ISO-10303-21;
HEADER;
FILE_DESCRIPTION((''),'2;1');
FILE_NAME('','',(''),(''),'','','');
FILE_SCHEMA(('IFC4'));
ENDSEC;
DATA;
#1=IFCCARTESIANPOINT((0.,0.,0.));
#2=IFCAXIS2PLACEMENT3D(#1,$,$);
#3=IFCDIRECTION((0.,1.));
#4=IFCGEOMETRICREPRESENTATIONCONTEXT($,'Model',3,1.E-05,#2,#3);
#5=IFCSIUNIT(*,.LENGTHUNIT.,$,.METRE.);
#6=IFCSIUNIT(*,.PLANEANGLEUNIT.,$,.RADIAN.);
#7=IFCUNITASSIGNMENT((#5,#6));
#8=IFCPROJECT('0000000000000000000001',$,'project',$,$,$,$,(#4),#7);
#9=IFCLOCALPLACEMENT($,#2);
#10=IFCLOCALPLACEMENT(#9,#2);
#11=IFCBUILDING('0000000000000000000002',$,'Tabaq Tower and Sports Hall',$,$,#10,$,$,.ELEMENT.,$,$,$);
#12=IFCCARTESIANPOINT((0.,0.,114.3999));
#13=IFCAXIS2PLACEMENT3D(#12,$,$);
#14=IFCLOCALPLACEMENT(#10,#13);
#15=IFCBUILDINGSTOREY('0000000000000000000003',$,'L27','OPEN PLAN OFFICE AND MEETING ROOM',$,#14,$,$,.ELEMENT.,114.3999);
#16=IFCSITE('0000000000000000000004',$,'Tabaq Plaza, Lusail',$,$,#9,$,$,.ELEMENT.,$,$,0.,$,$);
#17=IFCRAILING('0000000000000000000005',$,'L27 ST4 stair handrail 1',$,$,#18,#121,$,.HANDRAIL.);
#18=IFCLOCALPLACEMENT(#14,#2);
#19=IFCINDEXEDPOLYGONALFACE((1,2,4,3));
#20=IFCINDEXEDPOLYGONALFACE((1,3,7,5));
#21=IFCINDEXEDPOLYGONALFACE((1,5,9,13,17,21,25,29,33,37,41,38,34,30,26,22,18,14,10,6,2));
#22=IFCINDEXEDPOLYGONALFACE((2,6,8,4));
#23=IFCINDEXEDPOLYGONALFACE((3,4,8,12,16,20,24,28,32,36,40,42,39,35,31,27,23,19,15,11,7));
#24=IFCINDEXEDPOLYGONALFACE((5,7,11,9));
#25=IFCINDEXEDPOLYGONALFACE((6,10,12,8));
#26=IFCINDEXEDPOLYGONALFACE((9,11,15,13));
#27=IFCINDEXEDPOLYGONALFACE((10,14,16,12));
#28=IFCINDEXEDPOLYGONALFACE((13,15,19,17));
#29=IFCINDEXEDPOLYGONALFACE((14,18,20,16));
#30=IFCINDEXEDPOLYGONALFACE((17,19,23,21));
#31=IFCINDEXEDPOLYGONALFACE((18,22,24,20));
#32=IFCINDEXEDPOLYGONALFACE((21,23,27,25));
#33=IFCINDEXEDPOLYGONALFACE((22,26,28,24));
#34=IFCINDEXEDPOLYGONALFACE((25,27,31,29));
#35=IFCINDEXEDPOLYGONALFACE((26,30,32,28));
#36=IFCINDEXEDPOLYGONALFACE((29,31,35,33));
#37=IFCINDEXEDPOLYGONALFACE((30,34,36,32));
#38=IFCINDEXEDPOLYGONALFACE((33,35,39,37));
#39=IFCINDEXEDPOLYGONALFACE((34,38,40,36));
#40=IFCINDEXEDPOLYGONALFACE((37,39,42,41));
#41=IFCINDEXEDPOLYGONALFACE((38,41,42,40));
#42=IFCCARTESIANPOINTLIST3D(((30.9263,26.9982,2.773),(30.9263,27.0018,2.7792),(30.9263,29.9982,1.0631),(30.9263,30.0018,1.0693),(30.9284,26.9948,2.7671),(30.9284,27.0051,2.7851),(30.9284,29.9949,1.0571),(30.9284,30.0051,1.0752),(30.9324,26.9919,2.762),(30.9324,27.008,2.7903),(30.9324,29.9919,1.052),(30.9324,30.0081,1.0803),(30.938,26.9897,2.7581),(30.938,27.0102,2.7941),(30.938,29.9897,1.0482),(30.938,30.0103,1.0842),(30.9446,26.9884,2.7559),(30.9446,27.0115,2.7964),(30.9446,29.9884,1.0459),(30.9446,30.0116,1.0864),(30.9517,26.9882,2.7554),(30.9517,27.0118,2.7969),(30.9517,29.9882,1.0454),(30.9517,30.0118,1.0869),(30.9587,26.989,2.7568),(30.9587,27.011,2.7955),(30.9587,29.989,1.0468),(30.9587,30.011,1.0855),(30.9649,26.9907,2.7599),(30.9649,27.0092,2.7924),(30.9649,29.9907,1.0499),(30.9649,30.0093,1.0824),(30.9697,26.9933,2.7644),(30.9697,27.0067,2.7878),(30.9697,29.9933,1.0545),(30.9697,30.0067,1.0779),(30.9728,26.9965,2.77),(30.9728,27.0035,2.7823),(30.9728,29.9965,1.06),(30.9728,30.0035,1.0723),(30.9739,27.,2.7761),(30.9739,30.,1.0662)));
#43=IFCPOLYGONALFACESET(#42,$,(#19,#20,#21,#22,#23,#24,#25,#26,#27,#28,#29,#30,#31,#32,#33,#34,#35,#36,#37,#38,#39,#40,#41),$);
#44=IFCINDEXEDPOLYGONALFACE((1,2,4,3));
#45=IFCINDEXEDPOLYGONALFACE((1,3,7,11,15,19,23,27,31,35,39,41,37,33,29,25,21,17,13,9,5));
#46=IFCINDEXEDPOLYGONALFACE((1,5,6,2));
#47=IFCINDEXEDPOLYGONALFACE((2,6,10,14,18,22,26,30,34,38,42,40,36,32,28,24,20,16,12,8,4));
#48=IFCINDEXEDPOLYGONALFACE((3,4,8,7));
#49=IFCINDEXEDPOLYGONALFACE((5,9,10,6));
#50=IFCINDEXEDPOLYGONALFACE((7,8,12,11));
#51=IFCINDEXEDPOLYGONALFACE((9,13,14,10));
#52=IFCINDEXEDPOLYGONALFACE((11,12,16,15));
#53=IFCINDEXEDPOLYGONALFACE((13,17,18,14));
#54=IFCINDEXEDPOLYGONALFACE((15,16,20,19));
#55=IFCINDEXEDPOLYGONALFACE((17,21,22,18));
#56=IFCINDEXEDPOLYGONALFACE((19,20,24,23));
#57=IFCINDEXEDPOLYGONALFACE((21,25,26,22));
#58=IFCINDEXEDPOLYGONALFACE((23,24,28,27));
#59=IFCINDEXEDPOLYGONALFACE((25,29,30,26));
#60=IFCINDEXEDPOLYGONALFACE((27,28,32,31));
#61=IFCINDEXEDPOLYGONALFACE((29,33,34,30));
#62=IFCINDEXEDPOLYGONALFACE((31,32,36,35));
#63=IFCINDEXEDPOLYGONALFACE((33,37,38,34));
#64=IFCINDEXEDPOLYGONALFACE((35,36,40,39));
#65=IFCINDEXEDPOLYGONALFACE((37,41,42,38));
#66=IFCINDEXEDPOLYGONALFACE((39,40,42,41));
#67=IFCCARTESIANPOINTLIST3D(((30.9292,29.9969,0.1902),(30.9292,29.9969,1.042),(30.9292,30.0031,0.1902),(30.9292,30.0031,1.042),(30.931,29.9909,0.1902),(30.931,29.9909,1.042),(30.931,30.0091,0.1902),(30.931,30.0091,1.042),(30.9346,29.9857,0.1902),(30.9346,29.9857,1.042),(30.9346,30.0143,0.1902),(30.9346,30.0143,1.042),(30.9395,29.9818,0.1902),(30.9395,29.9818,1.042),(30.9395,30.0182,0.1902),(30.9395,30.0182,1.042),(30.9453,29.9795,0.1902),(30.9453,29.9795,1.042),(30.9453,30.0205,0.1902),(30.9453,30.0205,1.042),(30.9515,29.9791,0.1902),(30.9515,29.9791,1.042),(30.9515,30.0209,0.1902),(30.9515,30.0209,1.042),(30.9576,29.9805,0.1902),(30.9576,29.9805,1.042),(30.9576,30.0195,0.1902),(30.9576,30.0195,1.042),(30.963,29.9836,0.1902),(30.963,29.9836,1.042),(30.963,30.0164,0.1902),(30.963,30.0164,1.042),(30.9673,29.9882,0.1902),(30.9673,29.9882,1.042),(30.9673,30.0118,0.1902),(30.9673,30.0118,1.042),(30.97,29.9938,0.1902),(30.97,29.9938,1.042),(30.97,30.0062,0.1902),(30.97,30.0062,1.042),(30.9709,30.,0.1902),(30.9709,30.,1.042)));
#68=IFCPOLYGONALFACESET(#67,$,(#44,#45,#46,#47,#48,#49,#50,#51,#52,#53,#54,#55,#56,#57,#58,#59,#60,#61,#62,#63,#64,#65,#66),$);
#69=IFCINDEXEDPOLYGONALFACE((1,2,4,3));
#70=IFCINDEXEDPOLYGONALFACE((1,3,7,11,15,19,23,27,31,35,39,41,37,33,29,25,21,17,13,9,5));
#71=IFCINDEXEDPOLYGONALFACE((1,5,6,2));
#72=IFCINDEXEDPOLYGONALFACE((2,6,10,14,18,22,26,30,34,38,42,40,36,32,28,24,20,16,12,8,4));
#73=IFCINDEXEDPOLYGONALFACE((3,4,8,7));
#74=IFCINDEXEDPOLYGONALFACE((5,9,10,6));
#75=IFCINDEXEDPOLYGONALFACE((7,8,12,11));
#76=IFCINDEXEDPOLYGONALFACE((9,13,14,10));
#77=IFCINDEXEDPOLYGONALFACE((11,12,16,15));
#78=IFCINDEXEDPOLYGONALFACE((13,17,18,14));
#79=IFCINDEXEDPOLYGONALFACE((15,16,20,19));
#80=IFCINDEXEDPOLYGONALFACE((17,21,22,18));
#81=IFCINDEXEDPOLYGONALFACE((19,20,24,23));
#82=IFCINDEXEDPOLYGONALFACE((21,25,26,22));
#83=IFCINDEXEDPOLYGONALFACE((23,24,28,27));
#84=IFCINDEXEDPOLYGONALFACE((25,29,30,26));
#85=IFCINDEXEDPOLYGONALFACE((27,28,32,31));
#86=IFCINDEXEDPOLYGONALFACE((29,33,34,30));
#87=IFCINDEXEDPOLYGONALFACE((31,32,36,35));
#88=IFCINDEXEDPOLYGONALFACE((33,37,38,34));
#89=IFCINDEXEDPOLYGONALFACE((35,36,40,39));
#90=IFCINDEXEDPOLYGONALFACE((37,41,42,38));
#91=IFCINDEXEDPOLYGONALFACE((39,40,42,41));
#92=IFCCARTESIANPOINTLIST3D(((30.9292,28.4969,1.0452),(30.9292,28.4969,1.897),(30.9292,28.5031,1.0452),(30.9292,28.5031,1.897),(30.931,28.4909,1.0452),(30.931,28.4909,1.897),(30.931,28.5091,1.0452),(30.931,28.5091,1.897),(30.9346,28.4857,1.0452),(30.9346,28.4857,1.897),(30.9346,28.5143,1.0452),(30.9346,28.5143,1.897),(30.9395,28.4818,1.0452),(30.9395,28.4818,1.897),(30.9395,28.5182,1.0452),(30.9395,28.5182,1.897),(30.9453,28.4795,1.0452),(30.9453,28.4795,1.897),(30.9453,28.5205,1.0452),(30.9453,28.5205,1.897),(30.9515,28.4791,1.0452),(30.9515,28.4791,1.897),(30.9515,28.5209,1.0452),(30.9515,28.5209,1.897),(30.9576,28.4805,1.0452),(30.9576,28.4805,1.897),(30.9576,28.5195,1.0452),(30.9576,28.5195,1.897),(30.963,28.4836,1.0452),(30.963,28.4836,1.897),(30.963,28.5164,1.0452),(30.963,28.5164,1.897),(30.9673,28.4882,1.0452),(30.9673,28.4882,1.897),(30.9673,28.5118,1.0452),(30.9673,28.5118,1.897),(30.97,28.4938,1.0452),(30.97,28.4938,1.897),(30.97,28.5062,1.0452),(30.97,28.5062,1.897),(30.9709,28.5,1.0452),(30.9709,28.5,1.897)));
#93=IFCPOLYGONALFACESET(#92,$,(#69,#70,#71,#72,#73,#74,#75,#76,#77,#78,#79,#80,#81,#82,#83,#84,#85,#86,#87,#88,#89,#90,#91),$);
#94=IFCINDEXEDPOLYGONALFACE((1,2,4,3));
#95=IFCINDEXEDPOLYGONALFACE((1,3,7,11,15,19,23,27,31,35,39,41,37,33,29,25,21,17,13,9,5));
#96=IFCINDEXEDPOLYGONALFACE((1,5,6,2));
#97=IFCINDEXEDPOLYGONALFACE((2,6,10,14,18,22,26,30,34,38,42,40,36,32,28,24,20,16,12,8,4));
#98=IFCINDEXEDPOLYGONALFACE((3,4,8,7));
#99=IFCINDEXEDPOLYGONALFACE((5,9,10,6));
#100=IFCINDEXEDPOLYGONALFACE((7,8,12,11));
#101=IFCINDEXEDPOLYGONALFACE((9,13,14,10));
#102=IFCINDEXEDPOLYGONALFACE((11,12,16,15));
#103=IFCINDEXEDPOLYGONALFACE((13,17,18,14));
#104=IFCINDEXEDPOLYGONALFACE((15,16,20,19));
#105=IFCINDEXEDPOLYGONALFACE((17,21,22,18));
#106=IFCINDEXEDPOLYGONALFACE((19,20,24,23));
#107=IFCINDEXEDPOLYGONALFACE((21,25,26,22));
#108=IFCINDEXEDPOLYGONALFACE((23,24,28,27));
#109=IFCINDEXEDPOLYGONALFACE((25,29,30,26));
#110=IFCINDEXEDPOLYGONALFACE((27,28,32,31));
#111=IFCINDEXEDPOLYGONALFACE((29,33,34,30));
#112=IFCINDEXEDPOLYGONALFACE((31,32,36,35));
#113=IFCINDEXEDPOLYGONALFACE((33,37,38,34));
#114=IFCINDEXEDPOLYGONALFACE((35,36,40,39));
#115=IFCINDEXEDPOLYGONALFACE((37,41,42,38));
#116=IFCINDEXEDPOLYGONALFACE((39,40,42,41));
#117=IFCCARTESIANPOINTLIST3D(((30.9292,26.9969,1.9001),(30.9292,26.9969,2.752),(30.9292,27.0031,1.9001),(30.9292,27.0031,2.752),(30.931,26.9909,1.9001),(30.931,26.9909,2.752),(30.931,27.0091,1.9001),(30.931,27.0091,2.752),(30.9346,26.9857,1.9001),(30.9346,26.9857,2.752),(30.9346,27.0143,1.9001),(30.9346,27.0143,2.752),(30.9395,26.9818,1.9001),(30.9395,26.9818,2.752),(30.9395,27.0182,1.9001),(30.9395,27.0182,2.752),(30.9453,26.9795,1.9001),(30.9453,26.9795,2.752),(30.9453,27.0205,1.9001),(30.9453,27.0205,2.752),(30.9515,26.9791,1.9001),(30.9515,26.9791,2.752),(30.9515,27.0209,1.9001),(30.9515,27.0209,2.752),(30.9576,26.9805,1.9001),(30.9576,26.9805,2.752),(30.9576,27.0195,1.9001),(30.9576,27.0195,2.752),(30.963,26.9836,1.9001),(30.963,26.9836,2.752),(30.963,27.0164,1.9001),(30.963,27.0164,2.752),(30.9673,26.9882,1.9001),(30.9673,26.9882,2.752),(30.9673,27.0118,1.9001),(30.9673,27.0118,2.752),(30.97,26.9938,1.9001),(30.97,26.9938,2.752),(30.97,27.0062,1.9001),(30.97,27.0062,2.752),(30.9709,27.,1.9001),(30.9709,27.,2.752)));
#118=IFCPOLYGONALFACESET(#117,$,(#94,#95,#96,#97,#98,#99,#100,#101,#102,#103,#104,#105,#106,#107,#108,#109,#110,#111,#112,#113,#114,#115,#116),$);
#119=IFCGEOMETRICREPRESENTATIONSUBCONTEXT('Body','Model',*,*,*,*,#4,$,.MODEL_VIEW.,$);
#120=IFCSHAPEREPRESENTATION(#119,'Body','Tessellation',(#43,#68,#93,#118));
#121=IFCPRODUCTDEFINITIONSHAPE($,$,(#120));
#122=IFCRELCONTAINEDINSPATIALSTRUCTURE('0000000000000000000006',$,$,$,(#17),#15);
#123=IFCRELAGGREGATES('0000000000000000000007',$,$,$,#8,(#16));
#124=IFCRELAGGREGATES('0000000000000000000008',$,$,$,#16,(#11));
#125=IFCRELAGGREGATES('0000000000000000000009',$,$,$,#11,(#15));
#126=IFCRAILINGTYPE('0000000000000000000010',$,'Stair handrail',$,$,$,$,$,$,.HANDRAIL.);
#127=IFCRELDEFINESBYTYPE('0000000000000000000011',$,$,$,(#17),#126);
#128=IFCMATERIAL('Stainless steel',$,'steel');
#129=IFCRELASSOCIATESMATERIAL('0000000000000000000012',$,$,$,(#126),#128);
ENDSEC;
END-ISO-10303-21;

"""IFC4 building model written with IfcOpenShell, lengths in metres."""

from ifc_helpers import new_model, si_unit, direction, frame, origin, origin_2d, place, context, subcontext, project, spatial, circle, extrude, material, type_object, element, save


model = new_model("IFC4")

# Units and contexts
model_context = context("Model", 3, precision=1e-05, world=origin(), true_north=direction((0.0, 1.0)))
body_context = subcontext(model_context, "Body", "Model", "MODEL_VIEW")
ifc_project = project(units=[si_unit("LENGTHUNIT", "METRE"), si_unit("PLANEANGLEUNIT", "RADIAN")], contexts=[model_context])

# Site, building, storey
site_placement = place(None, origin())
site = spatial("IfcSite", under=ifc_project, at=site_placement, Name="Tabaq Plaza, Lusail", CompositionType="ELEMENT", RefElevation=0.0)
building_placement = place(site_placement, origin())
building = spatial("IfcBuilding", under=site, at=building_placement, Name="Tabaq Tower and Sports Hall", CompositionType="ELEMENT")
storey_placement = place(building_placement, frame((0.0, 0.0, 114.3999)))
storey = spatial("IfcBuildingStorey", under=building, at=storey_placement, Name="L27", Description="OPEN PLAN OFFICE AND MEETING ROOM", CompositionType="ELEMENT", Elevation=114.3999)

# Railing
ifc_material_1 = material(Name="Stainless steel", Category="steel")
railing_type_1 = type_object("IfcRailingType", Name="Stair handrail", PredefinedType="HANDRAIL", material=ifc_material_1)
railing_1_placement = place(storey_placement, frame((30.95, 30.0, 0.1902)))
element("IfcRailing", 1, at=railing_1_placement, inside=storey, type_object=railing_type_1, Name="L27 ST4 stair handrail 1", PredefinedType="HANDRAIL", context=body_context, shape_type="SweptSolid", body=[
    extrude(circle(Radius=0.0239, at=origin_2d()), frame((0.0, 0.0, 0.876), z_axis=(0.0, -0.868782, 0.495195), x_axis=(1.0, 0.0, 0.0)), (0.0, 0.0, 1.0), 3.4531),
    extrude(circle(Radius=0.021, at=origin_2d()), origin(), (0.0, 0.0, 1.0), 0.8518),
    extrude(circle(Radius=0.021, at=origin_2d()), frame((0.0, -1.5, 0.855)), (0.0, 0.0, 1.0), 0.8518),
    extrude(circle(Radius=0.021, at=origin_2d()), frame((0.0, -3.0, 1.71)), (0.0, 0.0, 1.0), 0.8518),
])

save(model, "model.ifc")
